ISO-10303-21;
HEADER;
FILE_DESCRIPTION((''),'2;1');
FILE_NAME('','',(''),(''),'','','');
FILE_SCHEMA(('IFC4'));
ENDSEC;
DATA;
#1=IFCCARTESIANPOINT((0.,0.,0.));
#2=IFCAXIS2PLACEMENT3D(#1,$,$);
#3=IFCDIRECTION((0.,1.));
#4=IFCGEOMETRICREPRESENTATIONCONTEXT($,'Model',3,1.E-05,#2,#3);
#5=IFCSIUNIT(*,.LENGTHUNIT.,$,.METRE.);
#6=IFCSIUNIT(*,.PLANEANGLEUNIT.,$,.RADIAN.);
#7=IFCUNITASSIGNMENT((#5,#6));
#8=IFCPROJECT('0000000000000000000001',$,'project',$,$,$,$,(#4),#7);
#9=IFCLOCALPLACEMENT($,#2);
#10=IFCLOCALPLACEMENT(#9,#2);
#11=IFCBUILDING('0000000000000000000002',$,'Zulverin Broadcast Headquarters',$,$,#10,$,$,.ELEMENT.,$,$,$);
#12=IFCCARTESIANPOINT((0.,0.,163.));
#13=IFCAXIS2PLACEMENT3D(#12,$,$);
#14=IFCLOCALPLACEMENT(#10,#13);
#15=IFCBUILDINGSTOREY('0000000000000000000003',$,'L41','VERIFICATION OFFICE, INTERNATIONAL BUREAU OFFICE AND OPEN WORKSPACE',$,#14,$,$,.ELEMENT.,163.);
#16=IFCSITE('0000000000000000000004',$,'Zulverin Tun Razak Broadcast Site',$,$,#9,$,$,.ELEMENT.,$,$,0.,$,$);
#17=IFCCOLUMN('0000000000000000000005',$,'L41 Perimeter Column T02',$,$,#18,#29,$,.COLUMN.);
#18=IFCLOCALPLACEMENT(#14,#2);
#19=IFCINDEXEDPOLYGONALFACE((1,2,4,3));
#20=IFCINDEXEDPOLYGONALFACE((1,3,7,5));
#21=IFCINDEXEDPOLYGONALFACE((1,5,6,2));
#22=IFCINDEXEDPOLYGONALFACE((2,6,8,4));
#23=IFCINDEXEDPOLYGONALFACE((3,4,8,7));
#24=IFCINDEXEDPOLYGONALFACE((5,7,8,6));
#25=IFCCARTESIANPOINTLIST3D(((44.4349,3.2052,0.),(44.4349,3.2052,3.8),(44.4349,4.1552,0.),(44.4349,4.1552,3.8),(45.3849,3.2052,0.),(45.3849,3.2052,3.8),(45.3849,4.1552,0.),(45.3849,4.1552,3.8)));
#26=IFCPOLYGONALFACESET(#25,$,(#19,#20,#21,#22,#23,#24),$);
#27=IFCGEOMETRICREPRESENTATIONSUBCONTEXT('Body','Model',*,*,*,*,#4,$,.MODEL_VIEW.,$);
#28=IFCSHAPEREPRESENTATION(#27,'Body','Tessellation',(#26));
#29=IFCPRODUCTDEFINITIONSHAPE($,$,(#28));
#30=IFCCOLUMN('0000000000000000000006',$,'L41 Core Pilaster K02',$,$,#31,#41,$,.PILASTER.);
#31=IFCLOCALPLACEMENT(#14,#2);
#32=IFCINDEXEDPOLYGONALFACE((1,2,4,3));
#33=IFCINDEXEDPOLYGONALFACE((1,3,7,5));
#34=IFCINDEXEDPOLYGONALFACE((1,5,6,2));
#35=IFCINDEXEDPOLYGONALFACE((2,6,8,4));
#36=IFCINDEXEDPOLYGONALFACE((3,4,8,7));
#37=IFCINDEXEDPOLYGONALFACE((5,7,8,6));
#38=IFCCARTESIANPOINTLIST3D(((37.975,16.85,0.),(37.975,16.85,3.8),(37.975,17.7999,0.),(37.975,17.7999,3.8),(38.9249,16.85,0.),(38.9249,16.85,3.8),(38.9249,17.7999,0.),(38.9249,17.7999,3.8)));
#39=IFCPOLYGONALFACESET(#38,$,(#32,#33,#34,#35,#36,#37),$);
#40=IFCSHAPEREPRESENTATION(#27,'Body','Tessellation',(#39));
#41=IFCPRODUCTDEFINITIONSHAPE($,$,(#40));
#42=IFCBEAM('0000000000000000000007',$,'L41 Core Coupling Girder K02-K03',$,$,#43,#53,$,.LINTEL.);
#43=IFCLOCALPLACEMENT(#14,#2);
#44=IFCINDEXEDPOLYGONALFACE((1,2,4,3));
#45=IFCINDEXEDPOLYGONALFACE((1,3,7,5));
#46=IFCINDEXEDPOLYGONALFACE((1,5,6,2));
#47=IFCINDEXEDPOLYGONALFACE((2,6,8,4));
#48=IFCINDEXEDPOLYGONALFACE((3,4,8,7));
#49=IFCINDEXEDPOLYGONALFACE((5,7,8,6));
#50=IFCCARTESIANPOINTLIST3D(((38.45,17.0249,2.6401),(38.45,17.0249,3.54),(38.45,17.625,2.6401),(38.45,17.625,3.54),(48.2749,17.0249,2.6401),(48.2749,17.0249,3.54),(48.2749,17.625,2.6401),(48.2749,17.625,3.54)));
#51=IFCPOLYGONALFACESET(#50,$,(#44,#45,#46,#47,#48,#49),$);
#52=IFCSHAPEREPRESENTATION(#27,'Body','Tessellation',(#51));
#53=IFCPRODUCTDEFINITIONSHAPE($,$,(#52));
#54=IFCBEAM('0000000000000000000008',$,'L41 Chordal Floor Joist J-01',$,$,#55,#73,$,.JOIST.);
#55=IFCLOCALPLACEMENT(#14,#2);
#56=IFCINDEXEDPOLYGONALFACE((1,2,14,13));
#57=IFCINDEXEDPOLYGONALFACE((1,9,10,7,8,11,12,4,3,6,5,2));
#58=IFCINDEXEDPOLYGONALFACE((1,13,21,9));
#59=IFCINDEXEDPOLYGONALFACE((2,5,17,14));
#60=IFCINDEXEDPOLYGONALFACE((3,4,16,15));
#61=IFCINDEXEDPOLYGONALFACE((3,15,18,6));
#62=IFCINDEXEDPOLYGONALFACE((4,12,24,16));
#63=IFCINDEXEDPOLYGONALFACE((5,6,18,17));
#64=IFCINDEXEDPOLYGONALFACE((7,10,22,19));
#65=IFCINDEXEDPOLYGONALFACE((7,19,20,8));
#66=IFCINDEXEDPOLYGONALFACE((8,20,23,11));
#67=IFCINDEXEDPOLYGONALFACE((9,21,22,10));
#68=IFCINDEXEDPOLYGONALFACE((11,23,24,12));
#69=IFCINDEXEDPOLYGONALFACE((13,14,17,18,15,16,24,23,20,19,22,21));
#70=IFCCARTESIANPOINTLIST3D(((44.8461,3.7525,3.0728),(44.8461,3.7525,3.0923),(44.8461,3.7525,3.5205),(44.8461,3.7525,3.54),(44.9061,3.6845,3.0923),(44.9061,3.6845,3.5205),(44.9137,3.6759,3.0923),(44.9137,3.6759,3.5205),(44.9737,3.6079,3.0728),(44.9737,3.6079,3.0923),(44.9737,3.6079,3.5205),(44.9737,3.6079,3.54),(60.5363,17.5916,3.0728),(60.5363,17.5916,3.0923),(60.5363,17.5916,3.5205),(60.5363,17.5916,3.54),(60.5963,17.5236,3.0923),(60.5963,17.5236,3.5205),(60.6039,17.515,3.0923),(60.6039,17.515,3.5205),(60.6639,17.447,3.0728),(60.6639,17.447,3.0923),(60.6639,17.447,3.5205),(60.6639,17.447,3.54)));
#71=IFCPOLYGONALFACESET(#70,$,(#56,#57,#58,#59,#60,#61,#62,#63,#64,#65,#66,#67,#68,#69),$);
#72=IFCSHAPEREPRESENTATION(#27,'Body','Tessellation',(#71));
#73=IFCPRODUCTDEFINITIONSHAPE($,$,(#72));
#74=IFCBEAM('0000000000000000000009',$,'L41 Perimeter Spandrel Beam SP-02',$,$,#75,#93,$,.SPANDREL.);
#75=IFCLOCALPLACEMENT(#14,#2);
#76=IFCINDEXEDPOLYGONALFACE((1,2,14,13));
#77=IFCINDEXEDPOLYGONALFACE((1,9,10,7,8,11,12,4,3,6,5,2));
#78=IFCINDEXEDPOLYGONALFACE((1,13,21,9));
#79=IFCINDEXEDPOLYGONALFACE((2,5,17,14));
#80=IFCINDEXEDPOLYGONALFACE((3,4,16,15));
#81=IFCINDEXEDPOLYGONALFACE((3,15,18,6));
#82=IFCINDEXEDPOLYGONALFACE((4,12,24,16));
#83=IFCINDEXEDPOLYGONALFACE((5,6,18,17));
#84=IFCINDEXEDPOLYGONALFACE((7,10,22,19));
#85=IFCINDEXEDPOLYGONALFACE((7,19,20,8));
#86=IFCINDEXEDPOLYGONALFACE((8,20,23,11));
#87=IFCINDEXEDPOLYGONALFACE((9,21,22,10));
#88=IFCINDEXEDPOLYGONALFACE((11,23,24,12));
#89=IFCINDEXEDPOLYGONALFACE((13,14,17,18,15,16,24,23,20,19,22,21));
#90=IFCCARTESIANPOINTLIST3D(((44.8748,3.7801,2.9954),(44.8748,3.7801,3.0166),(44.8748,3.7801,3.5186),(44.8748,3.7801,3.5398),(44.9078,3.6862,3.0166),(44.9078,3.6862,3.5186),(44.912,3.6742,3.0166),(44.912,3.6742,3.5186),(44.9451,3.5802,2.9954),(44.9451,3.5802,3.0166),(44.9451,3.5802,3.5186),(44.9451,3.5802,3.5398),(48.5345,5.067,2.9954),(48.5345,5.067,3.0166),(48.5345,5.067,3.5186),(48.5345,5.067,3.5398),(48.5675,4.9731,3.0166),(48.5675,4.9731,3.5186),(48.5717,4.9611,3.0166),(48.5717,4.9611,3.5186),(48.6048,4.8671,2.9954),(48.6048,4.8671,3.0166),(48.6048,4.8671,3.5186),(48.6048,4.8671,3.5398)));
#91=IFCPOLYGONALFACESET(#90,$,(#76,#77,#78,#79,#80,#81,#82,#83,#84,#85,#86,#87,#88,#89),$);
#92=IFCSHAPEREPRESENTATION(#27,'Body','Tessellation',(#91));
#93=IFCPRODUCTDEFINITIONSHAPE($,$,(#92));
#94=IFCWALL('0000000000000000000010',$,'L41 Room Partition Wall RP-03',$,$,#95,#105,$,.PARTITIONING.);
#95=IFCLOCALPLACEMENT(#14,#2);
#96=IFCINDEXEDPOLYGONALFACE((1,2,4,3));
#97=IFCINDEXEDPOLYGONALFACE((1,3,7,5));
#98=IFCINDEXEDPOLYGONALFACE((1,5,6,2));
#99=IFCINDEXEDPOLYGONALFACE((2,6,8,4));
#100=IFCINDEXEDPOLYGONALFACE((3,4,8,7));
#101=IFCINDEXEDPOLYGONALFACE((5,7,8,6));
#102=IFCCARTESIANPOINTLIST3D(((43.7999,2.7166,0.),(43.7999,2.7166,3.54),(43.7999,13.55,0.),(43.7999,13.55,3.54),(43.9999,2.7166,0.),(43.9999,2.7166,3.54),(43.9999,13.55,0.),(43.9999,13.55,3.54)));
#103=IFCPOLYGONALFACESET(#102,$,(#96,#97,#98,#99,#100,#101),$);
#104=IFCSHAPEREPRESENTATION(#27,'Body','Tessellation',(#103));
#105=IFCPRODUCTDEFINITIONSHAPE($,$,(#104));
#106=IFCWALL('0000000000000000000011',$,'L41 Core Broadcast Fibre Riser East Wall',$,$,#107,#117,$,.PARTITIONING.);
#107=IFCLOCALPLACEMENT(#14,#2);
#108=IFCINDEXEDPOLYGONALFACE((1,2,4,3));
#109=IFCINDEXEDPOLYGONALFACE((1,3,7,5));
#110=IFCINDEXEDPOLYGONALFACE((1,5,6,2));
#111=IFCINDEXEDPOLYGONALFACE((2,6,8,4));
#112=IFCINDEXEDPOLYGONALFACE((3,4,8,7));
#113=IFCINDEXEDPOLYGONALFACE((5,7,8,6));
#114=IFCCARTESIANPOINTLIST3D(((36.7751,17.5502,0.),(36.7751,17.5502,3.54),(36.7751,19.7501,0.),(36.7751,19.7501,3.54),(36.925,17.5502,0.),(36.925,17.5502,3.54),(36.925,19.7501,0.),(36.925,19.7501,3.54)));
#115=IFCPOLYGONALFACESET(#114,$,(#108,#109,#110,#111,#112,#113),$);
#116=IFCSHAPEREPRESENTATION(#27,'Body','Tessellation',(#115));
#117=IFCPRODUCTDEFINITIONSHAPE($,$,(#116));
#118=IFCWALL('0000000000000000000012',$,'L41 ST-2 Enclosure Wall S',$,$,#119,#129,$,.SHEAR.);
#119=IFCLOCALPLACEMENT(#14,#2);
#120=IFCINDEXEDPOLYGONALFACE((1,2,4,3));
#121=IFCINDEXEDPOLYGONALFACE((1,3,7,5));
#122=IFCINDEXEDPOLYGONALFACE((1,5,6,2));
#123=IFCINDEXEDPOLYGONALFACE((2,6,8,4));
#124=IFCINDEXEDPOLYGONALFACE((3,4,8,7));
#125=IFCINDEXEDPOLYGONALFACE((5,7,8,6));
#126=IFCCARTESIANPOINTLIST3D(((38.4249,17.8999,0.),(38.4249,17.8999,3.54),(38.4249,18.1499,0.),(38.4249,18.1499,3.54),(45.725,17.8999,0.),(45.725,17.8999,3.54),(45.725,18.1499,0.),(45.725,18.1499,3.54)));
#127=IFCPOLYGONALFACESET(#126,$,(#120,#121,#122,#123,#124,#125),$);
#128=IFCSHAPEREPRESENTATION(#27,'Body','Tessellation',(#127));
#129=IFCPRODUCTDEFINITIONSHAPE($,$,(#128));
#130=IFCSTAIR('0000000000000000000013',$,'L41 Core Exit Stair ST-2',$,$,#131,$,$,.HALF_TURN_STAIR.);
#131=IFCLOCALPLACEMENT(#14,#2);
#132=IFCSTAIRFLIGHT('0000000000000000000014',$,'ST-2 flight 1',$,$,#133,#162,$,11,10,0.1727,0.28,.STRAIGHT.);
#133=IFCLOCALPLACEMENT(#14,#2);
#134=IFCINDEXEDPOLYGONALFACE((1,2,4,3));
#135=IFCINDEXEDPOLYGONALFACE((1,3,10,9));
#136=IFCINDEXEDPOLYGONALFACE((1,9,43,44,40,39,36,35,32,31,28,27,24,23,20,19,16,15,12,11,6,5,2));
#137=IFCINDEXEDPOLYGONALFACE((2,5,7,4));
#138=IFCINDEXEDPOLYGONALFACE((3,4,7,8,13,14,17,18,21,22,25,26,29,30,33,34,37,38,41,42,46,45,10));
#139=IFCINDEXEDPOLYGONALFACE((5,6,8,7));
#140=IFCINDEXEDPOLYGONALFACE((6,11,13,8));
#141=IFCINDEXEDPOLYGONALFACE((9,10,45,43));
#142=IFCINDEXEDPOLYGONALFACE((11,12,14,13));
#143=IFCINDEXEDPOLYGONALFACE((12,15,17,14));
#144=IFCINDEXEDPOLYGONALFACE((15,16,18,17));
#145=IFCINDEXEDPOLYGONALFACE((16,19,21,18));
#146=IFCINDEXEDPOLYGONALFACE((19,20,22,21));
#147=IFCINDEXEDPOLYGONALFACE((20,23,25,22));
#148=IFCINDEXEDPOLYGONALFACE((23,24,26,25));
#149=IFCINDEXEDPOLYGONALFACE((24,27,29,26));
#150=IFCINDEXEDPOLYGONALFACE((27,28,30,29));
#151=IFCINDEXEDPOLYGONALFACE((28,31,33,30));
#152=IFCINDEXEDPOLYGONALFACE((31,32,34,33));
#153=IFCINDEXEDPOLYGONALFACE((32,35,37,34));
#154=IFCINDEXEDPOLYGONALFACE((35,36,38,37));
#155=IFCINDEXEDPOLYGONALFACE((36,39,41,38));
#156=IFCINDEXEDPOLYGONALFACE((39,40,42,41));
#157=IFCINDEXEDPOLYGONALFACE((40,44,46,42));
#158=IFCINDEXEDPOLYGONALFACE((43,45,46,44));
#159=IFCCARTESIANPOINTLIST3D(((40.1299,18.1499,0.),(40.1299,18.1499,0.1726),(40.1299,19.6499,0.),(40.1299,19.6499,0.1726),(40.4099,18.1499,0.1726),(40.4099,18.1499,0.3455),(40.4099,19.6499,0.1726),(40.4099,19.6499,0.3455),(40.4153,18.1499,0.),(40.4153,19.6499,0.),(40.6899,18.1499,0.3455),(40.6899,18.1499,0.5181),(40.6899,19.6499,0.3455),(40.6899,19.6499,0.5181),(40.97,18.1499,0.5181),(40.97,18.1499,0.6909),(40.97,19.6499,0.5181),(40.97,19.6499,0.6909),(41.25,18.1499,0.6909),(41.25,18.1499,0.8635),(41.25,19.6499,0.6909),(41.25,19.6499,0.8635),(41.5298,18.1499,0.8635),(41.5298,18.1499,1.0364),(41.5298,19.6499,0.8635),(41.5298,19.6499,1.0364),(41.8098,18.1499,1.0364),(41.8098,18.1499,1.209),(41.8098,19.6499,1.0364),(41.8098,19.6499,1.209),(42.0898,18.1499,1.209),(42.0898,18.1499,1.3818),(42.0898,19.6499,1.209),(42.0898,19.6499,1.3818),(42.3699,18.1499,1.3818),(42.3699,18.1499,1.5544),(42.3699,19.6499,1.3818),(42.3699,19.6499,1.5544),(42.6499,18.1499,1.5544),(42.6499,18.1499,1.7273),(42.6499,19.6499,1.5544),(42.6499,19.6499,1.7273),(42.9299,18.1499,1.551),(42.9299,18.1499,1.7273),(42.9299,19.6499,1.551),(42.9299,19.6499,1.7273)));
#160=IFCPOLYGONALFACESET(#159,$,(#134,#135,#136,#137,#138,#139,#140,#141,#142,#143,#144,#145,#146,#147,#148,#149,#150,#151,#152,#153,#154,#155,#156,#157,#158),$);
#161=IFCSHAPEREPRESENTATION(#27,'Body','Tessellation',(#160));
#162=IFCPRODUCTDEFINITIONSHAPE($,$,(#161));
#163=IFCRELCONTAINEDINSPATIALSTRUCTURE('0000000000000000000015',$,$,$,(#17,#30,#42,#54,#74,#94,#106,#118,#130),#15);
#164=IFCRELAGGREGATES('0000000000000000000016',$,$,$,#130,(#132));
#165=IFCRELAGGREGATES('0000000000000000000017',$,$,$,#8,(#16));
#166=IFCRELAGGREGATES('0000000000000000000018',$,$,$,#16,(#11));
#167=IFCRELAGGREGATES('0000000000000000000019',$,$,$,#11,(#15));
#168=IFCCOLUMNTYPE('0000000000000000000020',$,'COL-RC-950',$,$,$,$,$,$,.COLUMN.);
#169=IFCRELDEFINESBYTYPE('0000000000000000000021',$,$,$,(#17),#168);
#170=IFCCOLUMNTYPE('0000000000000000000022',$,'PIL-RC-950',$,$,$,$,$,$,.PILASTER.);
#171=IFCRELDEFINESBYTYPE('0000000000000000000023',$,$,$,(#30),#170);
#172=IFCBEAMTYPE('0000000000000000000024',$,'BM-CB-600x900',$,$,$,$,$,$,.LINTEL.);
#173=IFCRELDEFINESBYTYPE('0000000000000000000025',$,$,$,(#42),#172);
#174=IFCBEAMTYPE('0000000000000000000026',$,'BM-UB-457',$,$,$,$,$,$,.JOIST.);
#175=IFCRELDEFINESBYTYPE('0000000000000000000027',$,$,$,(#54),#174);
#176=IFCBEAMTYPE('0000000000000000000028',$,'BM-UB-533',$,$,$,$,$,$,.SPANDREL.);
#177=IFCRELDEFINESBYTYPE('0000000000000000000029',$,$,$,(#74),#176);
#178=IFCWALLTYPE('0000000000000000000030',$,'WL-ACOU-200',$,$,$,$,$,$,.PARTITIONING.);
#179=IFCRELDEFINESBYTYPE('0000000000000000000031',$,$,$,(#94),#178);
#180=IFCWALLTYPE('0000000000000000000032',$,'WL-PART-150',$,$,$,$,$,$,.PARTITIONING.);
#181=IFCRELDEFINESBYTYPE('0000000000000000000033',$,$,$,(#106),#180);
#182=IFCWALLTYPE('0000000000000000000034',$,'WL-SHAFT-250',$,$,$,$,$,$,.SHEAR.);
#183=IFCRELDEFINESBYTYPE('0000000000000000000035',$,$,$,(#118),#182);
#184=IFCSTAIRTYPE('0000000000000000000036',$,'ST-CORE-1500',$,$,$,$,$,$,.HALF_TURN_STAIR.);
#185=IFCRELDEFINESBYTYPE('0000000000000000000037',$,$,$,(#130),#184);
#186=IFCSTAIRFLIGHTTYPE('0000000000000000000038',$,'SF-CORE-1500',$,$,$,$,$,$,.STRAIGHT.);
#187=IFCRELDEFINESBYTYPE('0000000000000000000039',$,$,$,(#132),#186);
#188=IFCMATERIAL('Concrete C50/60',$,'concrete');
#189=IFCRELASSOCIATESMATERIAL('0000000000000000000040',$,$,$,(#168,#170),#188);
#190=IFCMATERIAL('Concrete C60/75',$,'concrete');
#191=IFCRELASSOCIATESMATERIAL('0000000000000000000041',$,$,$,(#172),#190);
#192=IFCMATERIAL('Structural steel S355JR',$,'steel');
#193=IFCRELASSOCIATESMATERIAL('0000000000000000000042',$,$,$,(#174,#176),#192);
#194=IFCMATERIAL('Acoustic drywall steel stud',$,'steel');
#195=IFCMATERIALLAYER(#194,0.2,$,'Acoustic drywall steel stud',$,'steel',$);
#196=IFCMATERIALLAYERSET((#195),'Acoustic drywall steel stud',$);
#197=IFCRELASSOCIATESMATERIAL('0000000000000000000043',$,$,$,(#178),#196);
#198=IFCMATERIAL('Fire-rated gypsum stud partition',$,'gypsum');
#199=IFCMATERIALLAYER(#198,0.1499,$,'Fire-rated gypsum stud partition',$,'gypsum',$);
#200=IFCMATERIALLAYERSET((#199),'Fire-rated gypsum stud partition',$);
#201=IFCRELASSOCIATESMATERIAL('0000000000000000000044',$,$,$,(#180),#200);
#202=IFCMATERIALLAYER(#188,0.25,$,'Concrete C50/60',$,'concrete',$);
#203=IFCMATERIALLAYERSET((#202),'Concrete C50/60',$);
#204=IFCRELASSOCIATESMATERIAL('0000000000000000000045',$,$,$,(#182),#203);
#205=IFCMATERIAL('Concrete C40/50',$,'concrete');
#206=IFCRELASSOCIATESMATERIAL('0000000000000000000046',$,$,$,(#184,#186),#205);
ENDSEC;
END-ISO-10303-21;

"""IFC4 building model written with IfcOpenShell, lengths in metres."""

from ifc_helpers import new_model, si_unit, direction, frame, frame_2d, origin, origin_2d, place, context, subcontext, project, spatial, polyline, rectangle, i_section, outline, extrude, material, layer, layer_set, material_profile, profile_set, type_object, element, aggregate, save


model = new_model("IFC4")

# Units and contexts
model_context = context("Model", 3, precision=1e-05, world=origin(), true_north=direction((0.0, 1.0)))
body_context = subcontext(model_context, "Body", "Model", "MODEL_VIEW")
ifc_project = project(units=[si_unit("LENGTHUNIT", "METRE"), si_unit("PLANEANGLEUNIT", "RADIAN")], contexts=[model_context])

# Site, building, storey
site_placement = place(None, origin())
site = spatial("IfcSite", under=ifc_project, at=site_placement, Name="Zulverin Tun Razak Broadcast Site", CompositionType="ELEMENT", RefElevation=0.0)
building_placement = place(site_placement, origin())
building = spatial("IfcBuilding", under=site, at=building_placement, Name="Zulverin Broadcast Headquarters", CompositionType="ELEMENT")
storey_placement = place(building_placement, frame((0.0, 0.0, 163.0)))
storey = spatial("IfcBuildingStorey", under=building, at=storey_placement, Name="L41", Description="VERIFICATION OFFICE, INTERNATIONAL BUREAU OFFICE AND OPEN WORKSPACE", CompositionType="ELEMENT", Elevation=163.0)

# Columns
ifc_material_1 = material(Name="Concrete C50/60", Category="concrete")
ifc_material_profile_1 = material_profile(ifc_material_1, rectangle(XDim=0.95, YDim=0.95, at=origin_2d()), Name="Concrete C50/60", Category="concrete")
ifc_profile_set_1 = profile_set([ifc_material_profile_1], Name="Concrete C50/60")
column_type_1 = type_object("IfcColumnType", Name="COL-RC-950", PredefinedType="COLUMN", material=ifc_profile_set_1)
column_1_placement = place(storey_placement, frame((44.9099, 3.6802, 0.0), z_axis=(0.0, 0.0, 1.0), x_axis=(1.0, 0.0, 0.0)))
element("IfcColumn", 1, at=column_1_placement, inside=storey, type_object=column_type_1, Name="L41 Perimeter Column T02", PredefinedType="COLUMN", context=body_context, shape_type="SweptSolid", body=[
    extrude(rectangle(XDim=0.95, YDim=0.95, at=origin_2d()), origin(), (0.0, 0.0, 1.0), 3.8),
])
ifc_material_profile_2 = material_profile(ifc_material_1, rectangle(XDim=0.95, YDim=0.95, at=origin_2d()), Name="Concrete C50/60", Category="concrete")
ifc_profile_set_2 = profile_set([ifc_material_profile_2], Name="Concrete C50/60")
column_type_2 = type_object("IfcColumnType", Name="PIL-RC-950", PredefinedType="PILASTER", material=ifc_profile_set_2)
column_2_placement = place(storey_placement, frame((38.45, 17.325, 0.0), z_axis=(0.0, 0.0, 1.0), x_axis=(1.0, 0.0, 0.0)))
element("IfcColumn", 2, at=column_2_placement, inside=storey, type_object=column_type_2, Name="L41 Core Pilaster K02", PredefinedType="PILASTER", context=body_context, shape_type="SweptSolid", body=[
    extrude(rectangle(XDim=0.95, YDim=0.95, at=origin_2d()), origin(), (0.0, 0.0, 1.0), 3.8),
])

# Beams
ifc_material_2 = material(Name="Concrete C60/75", Category="concrete")
ifc_material_profile_3 = material_profile(ifc_material_2, rectangle(XDim=0.6001, YDim=0.8999, at=origin_2d()), Name="Concrete C60/75", Category="concrete")
ifc_profile_set_3 = profile_set([ifc_material_profile_3], Name="Concrete C60/75")
beam_type_1 = type_object("IfcBeamType", Name="BM-CB-600x900", PredefinedType="LINTEL", material=ifc_profile_set_3)
beam_1_placement = place(storey_placement, frame((38.45, 17.325, 3.0901), z_axis=(1.0, 0.0, 0.0), x_axis=(0.0, 1.0, 0.0)))
element("IfcBeam", 3, at=beam_1_placement, inside=storey, type_object=beam_type_1, Name="L41 Core Coupling Girder K02-K03", PredefinedType="LINTEL", context=body_context, shape_type="SweptSolid", body=[
    extrude(rectangle(XDim=0.6001, YDim=0.8999, at=origin_2d()), origin(), (0.0, 0.0, 1.0), 9.825),
])
ifc_material_3 = material(Name="Structural steel S355JR", Category="steel")
ifc_material_profile_4 = material_profile(ifc_material_3, i_section(OverallWidth=0.1929, OverallDepth=0.4673, WebThickness=0.0115, FlangeThickness=0.0195, at=origin_2d()), Name="Structural steel S355JR", Category="steel")
ifc_profile_set_4 = profile_set([ifc_material_profile_4], Name="Structural steel S355JR")
beam_type_2 = type_object("IfcBeamType", Name="BM-UB-457", PredefinedType="JOIST", material=ifc_profile_set_4)
beam_2_placement = place(storey_placement, frame((44.9099, 3.6802, 3.3064), z_axis=(0.74996, 0.661483, 0.0), x_axis=(-0.661483, 0.74996, 0.0)))
element("IfcBeam", 4, at=beam_2_placement, inside=storey, type_object=beam_type_2, Name="L41 Chordal Floor Joist J-01", PredefinedType="JOIST", context=body_context, shape_type="SweptSolid", body=[
    extrude(i_section(OverallWidth=0.1929, OverallDepth=0.4673, WebThickness=0.0115, FlangeThickness=0.0195, at=origin_2d()), origin(), (0.0, 0.0, 1.0), 20.9214),
])
ifc_material_profile_5 = material_profile(ifc_material_3, i_section(OverallWidth=0.2119, OverallDepth=0.5444, WebThickness=0.0127, FlangeThickness=0.0212, at=origin_2d()), Name="Structural steel S355JR", Category="steel")
ifc_profile_set_5 = profile_set([ifc_material_profile_5], Name="Structural steel S355JR")
beam_type_3 = type_object("IfcBeamType", Name="BM-UB-533", PredefinedType="SPANDREL", material=ifc_profile_set_5)
beam_3_placement = place(storey_placement, frame((44.9099, 3.6802, 3.2676), z_axis=(0.943377, 0.331724, 0.0), x_axis=(-0.331724, 0.943377, 0.0)))
element("IfcBeam", 5, at=beam_3_placement, inside=storey, type_object=beam_type_3, Name="L41 Perimeter Spandrel Beam SP-02", PredefinedType="SPANDREL", context=body_context, shape_type="SweptSolid", body=[
    extrude(i_section(OverallWidth=0.2119, OverallDepth=0.5444, WebThickness=0.0127, FlangeThickness=0.0212, at=origin_2d()), origin(), (0.0, 0.0, 1.0), 3.8794),
])

# Walls
ifc_material_4 = material(Name="Acoustic drywall steel stud", Category="steel")
ifc_layer_1 = layer(ifc_material_4, 0.2, Name="Acoustic drywall steel stud", Category="steel")
ifc_layer_set_1 = layer_set([ifc_layer_1], Name="Acoustic drywall steel stud")
wall_type_1 = type_object("IfcWallType", Name="WL-ACOU-200", PredefinedType="PARTITIONING", material=ifc_layer_set_1)
wall_1_placement = place(storey_placement, frame((43.8999, 2.7166, 0.0), z_axis=(0.0, 0.0, 1.0), x_axis=(0.0, 1.0, 0.0)))
element("IfcWall", 6, at=wall_1_placement, inside=storey, type_object=wall_type_1, Name="L41 Room Partition Wall RP-03", PredefinedType="PARTITIONING", context=body_context, shape_type="SweptSolid", body=[
    extrude(rectangle(XDim=10.8335, YDim=0.2, at=frame_2d((5.4167, 0.0))), origin(), (0.0, 0.0, 1.0), 3.54),
])
ifc_material_5 = material(Name="Fire-rated gypsum stud partition", Category="gypsum")
ifc_layer_2 = layer(ifc_material_5, 0.1499, Name="Fire-rated gypsum stud partition", Category="gypsum")
ifc_layer_set_2 = layer_set([ifc_layer_2], Name="Fire-rated gypsum stud partition")
wall_type_2 = type_object("IfcWallType", Name="WL-PART-150", PredefinedType="PARTITIONING", material=ifc_layer_set_2)
wall_2_placement = place(storey_placement, frame((36.8501, 17.55, 0.0), z_axis=(0.0, 0.0, 1.0), x_axis=(0.0, 1.0, 0.0)))
element("IfcWall", 7, at=wall_2_placement, inside=storey, type_object=wall_type_2, Name="L41 Core Broadcast Fibre Riser East Wall", PredefinedType="PARTITIONING", context=body_context, shape_type="SweptSolid", body=[
    extrude(rectangle(XDim=2.2, YDim=0.1499, at=frame_2d((1.1001, 0.0))), origin(), (0.0, 0.0, 1.0), 3.54),
])
ifc_layer_3 = layer(ifc_material_1, 0.25, Name="Concrete C50/60", Category="concrete")
ifc_layer_set_3 = layer_set([ifc_layer_3], Name="Concrete C50/60")
wall_type_3 = type_object("IfcWallType", Name="WL-SHAFT-250", PredefinedType="SHEAR", material=ifc_layer_set_3)
wall_3_placement = place(storey_placement, frame((38.425, 18.0249, 0.0), z_axis=(0.0, 0.0, 1.0), x_axis=(1.0, 0.0, 0.0)))
element("IfcWall", 8, at=wall_3_placement, inside=storey, type_object=wall_type_3, Name="L41 ST-2 Enclosure Wall S", PredefinedType="SHEAR", context=body_context, shape_type="SweptSolid", body=[
    extrude(rectangle(XDim=7.3, YDim=0.25, at=frame_2d((3.6499, 0.0))), origin(), (0.0, 0.0, 1.0), 3.54),
])

# Stair, stair flight
ifc_material_6 = material(Name="Concrete C40/50", Category="concrete")
stair_type = type_object("IfcStairType", Name="ST-CORE-1500", PredefinedType="HALF_TURN_STAIR", material=ifc_material_6)
stair_placement = place(storey_placement, origin())
stair = element("IfcStair", 9, at=stair_placement, inside=storey, type_object=stair_type, Name="L41 Core Exit Stair ST-2", PredefinedType="HALF_TURN_STAIR")
stair_flight_type = type_object("IfcStairFlightType", Name="SF-CORE-1500", PredefinedType="STRAIGHT", material=ifc_material_6)
stair_flight_placement = place(storey_placement, frame((40.1299, 18.8999, 0.0), z_axis=(0.0, 0.0, 1.0), x_axis=(1.0, 0.0, 0.0)))
stair_flight = element("IfcStairFlight", 10, at=stair_flight_placement, type_object=stair_flight_type, Name="ST-2 flight 1", NumberOfRisers=11, NumberOfTreads=10, PredefinedType="STRAIGHT", RiserHeight=0.1727, TreadLength=0.28, context=body_context, shape_type="SweptSolid", body=[
    extrude(outline(polyline([(0.0, 0.0), (0.0, 0.1726), (0.28, 0.1726), (0.28, 0.3455), (0.5601, 0.3455), (0.5601, 0.5181), (0.8401, 0.5181), (0.8401, 0.6909), (1.1201, 0.6909), (1.1201, 0.8635), (1.3999, 0.8635), (1.3999, 1.0364), (1.6799, 1.0364), (1.6799, 1.209), (1.96, 1.209), (1.96, 1.3818), (2.24, 1.3818), (2.24, 1.5544), (2.52, 1.5544), (2.52, 1.7273), (2.8, 1.7273), (2.8, 1.8999), (2.8, 1.551), (0.2854, 0.0), (0.0, 0.0)])), frame((0.0, 0.75, 0.0), z_axis=(0.0, -1.0, 0.0), x_axis=(1.0, 0.0, 0.0)), (0.0, 0.0, 1.0), 1.5),
])
aggregate(stair, [stair_flight])

save(model, "model.ifc")
